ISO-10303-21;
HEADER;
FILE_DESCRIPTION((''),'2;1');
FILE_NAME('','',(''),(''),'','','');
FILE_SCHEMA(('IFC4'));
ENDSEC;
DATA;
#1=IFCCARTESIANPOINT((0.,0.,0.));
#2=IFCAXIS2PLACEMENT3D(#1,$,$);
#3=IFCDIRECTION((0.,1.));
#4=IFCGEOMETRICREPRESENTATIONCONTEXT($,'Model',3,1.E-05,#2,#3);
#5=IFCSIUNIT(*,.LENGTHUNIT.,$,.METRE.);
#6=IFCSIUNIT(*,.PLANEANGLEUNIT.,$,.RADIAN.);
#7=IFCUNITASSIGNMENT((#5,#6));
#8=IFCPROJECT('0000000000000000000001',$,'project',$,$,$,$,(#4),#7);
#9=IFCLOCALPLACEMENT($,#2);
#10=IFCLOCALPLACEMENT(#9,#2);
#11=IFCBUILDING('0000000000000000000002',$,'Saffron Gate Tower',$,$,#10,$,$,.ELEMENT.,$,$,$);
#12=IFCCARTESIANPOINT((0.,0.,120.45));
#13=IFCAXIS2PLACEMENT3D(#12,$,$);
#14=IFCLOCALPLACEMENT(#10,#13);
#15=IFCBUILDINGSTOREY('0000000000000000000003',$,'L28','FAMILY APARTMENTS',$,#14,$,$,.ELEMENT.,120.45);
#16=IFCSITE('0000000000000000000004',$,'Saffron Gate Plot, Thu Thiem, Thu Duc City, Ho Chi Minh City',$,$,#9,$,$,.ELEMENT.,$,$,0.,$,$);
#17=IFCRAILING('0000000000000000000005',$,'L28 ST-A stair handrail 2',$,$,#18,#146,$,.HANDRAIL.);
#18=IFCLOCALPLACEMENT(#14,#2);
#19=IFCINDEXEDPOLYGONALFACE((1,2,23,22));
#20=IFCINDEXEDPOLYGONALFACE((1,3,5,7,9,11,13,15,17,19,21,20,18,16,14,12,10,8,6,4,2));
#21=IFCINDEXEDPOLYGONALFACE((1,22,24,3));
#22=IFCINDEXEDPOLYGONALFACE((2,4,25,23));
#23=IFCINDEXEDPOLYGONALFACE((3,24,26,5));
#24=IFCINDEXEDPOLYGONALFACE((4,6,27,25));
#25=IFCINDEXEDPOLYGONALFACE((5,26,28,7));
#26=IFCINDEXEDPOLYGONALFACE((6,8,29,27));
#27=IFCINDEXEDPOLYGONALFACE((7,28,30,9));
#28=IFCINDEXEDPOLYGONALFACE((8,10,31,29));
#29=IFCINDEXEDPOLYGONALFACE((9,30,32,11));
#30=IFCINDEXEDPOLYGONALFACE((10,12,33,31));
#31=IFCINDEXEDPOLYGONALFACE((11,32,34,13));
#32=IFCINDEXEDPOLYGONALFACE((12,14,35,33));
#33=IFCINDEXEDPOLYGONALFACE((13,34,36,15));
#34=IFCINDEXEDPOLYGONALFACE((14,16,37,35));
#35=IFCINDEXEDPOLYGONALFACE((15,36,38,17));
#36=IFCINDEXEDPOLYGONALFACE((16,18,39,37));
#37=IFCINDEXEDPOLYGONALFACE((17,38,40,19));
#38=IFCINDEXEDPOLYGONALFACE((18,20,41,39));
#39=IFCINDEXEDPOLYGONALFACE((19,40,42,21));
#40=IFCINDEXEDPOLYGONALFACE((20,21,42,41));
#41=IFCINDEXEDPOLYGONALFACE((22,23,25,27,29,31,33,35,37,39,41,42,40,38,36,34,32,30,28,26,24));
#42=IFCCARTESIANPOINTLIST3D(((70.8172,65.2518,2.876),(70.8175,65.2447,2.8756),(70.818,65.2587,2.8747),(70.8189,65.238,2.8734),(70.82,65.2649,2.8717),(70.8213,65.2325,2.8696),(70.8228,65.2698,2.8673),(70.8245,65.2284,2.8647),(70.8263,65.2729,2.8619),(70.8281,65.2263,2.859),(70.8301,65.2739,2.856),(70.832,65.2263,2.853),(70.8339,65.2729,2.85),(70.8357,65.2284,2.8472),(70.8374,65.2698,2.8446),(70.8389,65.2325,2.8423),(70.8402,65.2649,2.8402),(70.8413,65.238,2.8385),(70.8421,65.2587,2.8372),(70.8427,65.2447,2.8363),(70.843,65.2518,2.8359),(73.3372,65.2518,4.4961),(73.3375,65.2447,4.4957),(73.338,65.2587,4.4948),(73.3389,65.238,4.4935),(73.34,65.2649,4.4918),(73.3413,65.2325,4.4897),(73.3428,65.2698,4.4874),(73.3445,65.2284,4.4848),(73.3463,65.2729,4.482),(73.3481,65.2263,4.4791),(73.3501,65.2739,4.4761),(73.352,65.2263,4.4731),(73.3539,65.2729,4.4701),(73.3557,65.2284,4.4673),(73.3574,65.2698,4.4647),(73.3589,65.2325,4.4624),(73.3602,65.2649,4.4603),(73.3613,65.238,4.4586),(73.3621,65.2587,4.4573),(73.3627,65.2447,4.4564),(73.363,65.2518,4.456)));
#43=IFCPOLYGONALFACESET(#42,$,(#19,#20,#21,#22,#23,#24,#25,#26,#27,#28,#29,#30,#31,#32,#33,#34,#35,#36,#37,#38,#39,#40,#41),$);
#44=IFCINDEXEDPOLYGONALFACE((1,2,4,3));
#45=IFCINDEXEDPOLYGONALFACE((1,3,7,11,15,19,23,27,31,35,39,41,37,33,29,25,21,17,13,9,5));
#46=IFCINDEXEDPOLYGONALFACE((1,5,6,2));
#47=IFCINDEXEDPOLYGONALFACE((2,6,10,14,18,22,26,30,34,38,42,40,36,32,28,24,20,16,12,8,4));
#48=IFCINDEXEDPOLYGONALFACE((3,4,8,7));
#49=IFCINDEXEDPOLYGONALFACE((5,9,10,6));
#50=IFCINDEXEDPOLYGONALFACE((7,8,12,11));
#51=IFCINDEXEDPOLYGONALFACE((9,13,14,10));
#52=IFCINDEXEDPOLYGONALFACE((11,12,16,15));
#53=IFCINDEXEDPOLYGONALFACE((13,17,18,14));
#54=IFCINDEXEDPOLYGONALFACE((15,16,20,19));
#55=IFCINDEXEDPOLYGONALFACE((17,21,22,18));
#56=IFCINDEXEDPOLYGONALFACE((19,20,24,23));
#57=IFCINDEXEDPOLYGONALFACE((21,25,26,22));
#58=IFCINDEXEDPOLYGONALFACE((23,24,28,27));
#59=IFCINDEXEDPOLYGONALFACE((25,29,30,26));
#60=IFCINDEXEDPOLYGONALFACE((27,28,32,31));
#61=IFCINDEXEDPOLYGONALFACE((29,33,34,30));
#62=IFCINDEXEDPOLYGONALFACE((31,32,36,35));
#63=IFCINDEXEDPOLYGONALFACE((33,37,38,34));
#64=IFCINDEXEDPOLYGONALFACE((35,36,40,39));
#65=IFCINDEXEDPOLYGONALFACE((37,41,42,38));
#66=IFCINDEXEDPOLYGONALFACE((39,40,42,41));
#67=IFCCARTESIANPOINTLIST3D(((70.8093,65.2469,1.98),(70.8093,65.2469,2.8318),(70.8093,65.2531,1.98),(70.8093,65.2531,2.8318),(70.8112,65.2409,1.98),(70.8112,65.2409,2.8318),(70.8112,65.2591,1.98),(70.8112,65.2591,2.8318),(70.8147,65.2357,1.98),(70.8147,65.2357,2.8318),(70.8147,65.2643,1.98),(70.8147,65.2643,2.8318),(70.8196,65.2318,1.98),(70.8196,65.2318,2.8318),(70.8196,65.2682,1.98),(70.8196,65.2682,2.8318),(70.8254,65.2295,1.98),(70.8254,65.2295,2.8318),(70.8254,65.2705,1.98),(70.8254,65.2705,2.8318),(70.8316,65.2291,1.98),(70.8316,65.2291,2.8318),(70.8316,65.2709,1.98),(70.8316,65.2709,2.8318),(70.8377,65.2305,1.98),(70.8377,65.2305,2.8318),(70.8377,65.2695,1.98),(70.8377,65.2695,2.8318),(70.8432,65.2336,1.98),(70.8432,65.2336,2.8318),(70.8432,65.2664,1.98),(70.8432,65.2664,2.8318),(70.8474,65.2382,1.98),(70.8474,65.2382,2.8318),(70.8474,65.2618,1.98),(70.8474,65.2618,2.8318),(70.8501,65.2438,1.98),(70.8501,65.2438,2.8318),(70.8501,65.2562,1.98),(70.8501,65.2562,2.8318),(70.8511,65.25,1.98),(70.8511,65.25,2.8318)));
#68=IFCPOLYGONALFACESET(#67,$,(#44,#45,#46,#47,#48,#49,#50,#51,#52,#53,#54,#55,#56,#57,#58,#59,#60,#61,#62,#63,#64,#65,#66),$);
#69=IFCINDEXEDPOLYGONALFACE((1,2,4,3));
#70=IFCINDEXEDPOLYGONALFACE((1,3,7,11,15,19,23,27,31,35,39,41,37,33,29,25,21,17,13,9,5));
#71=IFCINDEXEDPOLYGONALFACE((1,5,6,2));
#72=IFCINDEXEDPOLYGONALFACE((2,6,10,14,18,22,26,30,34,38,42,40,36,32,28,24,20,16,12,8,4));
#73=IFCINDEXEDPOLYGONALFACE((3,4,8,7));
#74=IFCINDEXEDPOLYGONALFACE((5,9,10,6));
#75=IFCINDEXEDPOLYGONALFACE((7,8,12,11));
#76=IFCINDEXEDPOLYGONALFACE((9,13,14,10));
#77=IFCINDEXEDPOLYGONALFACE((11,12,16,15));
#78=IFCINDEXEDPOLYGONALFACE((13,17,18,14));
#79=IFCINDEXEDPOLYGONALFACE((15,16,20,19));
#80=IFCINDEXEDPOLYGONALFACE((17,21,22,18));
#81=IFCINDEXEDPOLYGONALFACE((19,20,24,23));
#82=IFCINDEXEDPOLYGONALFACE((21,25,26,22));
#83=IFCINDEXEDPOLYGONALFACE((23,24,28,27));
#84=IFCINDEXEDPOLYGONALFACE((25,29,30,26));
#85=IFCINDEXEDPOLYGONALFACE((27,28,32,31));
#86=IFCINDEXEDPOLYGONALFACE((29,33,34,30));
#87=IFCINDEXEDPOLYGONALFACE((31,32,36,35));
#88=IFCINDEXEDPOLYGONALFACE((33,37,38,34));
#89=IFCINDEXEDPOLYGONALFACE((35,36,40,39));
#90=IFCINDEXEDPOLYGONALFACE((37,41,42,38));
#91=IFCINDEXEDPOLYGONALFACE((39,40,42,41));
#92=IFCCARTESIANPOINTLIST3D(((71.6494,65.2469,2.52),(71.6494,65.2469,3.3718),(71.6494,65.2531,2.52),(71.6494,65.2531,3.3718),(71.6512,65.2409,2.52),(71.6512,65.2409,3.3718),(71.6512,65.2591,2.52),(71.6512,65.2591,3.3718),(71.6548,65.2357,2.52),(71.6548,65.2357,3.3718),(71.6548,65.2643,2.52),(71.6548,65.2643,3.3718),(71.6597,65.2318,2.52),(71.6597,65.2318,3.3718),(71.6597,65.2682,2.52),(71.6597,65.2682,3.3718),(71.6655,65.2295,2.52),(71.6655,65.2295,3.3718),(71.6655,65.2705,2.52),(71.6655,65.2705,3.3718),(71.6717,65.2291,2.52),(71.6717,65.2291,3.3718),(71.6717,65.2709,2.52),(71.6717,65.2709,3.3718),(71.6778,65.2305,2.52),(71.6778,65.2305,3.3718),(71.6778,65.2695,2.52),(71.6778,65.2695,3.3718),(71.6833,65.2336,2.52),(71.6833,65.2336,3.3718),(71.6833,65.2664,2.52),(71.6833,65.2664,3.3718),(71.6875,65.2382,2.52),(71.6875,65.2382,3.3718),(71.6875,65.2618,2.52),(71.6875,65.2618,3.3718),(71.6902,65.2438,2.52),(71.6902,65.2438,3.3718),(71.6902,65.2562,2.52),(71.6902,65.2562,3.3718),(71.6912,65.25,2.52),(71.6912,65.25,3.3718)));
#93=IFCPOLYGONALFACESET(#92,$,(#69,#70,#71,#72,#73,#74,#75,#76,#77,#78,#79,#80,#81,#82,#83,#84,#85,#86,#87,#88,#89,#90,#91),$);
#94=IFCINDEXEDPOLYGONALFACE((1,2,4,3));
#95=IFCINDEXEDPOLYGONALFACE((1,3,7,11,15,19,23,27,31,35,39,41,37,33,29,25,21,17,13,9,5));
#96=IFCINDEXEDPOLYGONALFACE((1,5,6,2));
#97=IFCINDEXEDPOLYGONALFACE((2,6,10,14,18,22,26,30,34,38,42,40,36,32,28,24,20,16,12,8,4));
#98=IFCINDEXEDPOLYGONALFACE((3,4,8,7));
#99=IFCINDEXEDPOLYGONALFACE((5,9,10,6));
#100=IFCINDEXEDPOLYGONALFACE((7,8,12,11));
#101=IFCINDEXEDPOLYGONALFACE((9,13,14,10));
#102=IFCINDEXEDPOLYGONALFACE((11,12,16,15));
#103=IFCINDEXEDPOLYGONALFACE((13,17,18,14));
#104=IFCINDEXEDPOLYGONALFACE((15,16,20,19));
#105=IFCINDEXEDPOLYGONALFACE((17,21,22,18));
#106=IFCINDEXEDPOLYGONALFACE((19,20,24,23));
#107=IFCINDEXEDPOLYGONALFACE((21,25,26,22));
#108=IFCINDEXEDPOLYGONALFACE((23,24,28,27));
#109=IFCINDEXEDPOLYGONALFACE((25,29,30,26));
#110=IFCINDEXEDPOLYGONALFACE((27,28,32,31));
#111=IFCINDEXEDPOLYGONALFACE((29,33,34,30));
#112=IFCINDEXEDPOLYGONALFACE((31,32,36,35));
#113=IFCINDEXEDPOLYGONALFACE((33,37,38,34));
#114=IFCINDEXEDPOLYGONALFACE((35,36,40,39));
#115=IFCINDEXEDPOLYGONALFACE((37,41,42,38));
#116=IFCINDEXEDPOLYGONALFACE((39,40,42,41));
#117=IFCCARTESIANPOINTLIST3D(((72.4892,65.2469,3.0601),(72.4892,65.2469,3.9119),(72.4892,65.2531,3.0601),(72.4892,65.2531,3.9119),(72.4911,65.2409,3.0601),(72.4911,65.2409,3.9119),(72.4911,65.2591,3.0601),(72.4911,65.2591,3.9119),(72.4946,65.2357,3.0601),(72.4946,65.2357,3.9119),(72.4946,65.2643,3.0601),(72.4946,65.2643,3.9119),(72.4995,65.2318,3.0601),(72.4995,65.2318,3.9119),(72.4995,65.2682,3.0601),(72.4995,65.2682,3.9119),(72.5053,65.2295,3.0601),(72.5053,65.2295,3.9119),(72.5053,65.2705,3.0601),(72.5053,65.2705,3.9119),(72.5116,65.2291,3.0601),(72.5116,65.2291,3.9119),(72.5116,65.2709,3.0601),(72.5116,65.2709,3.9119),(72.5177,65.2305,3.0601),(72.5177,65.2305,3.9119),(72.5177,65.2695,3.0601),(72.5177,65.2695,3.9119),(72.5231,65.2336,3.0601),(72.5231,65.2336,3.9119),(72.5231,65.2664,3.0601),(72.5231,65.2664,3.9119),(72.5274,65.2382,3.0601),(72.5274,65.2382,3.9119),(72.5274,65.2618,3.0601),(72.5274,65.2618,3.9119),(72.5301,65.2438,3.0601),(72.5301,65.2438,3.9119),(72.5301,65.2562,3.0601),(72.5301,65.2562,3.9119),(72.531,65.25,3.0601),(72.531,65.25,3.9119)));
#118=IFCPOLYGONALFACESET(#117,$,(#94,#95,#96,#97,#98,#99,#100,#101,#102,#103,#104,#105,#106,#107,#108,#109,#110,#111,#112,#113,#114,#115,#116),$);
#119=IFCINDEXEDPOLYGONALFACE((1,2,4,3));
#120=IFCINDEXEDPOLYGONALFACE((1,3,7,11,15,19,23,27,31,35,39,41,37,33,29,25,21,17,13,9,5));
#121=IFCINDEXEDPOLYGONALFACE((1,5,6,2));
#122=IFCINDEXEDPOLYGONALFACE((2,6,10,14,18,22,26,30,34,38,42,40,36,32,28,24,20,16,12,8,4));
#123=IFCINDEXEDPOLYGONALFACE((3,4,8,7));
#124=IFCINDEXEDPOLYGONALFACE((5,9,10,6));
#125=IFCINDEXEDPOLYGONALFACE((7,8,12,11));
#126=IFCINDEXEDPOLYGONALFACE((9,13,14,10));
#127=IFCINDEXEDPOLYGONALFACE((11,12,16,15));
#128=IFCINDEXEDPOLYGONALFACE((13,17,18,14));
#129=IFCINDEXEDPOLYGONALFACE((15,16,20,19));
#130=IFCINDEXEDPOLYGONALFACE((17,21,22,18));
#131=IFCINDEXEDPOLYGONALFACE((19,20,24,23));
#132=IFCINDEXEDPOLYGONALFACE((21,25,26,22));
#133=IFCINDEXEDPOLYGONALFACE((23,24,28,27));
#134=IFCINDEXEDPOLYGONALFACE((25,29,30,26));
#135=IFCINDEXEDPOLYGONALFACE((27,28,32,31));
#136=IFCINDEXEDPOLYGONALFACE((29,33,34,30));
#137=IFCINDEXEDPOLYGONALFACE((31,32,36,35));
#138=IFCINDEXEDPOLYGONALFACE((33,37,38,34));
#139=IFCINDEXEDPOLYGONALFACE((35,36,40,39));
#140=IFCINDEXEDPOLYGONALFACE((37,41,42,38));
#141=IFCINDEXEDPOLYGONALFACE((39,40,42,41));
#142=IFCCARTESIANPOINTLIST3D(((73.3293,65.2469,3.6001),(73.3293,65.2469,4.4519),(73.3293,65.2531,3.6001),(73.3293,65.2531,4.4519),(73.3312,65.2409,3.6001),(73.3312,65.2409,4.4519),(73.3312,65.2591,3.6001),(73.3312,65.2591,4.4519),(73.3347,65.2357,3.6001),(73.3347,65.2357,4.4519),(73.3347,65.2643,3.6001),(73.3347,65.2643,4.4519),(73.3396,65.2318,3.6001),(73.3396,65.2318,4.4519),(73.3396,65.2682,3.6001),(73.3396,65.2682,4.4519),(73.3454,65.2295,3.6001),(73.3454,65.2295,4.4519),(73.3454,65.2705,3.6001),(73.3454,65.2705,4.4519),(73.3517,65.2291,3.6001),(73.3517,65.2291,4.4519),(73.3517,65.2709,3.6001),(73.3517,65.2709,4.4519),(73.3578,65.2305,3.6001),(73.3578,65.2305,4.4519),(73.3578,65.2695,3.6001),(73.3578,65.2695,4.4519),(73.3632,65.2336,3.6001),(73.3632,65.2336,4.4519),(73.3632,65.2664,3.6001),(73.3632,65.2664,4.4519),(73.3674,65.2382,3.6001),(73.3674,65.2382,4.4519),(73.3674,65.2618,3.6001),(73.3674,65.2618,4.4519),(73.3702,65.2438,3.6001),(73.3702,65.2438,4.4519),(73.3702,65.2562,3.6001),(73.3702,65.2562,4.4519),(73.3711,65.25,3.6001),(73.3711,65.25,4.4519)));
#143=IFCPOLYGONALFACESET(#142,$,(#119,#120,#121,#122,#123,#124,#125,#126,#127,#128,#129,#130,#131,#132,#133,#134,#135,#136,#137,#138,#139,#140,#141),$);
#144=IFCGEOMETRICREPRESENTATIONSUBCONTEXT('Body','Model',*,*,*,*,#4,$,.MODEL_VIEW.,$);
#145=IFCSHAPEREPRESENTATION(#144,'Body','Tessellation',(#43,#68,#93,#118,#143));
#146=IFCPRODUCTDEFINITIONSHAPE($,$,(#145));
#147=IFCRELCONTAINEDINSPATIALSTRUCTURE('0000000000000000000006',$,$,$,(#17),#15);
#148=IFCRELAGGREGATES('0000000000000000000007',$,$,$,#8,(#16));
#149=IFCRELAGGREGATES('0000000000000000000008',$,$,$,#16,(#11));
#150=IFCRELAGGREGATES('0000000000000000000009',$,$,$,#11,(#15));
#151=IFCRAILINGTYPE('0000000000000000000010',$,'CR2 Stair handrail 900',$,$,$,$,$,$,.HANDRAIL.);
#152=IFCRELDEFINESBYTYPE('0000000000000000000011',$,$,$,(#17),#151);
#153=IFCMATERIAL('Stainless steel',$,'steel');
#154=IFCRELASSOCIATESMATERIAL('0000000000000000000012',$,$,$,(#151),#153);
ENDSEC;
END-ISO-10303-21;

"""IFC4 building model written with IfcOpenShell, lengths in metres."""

from ifc_helpers import new_model, si_unit, direction, frame, origin, origin_2d, place, context, subcontext, project, spatial, circle, extrude, material, type_object, element, save


model = new_model("IFC4")

# Units and contexts
model_context = context("Model", 3, precision=1e-05, world=origin(), true_north=direction((0.0, 1.0)))
body_context = subcontext(model_context, "Body", "Model", "MODEL_VIEW")
ifc_project = project(units=[si_unit("LENGTHUNIT", "METRE"), si_unit("PLANEANGLEUNIT", "RADIAN")], contexts=[model_context])

# Site, building, storey
site_placement = place(None, origin())
site = spatial("IfcSite", under=ifc_project, at=site_placement, Name="Saffron Gate Plot, Thu Thiem, Thu Duc City, Ho Chi Minh City", CompositionType="ELEMENT", RefElevation=0.0)
building_placement = place(site_placement, origin())
building = spatial("IfcBuilding", under=site, at=building_placement, Name="Saffron Gate Tower", CompositionType="ELEMENT")
storey_placement = place(building_placement, frame((0.0, 0.0, 120.45)))
storey = spatial("IfcBuildingStorey", under=building, at=storey_placement, Name="L28", Description="FAMILY APARTMENTS", CompositionType="ELEMENT", Elevation=120.45)

# Railing
ifc_material_1 = material(Name="Stainless steel", Category="steel")
railing_type = type_object("IfcRailingType", Name="CR2 Stair handrail 900", PredefinedType="HANDRAIL", material=ifc_material_1)
railing_placement = place(storey_placement, frame((70.8301, 65.25, 1.98)))
element("IfcRailing", 1, at=railing_placement, inside=storey, type_object=railing_type, Name="L28 ST-A stair handrail 2", PredefinedType="HANDRAIL", context=body_context, shape_type="SweptSolid", body=[
    extrude(circle(Radius=0.0239, at=origin_2d()), frame((0.0, 0.0, 0.876), z_axis=(0.841163, 0.0, 0.540782), x_axis=(0.0, 1.0, 0.0)), (0.0, 0.0, 1.0), 2.9958),
    extrude(circle(Radius=0.021, at=origin_2d()), origin(), (0.0, 0.0, 1.0), 0.8518),
    extrude(circle(Radius=0.021, at=origin_2d()), frame((0.8401, 0.0, 0.54)), (0.0, 0.0, 1.0), 0.8518),
    extrude(circle(Radius=0.021, at=origin_2d()), frame((1.6799, 0.0, 1.0801)), (0.0, 0.0, 1.0), 0.8518),
    extrude(circle(Radius=0.021, at=origin_2d()), frame((2.52, 0.0, 1.6201)), (0.0, 0.0, 1.0), 0.8518),
])

save(model, "model.ifc")
